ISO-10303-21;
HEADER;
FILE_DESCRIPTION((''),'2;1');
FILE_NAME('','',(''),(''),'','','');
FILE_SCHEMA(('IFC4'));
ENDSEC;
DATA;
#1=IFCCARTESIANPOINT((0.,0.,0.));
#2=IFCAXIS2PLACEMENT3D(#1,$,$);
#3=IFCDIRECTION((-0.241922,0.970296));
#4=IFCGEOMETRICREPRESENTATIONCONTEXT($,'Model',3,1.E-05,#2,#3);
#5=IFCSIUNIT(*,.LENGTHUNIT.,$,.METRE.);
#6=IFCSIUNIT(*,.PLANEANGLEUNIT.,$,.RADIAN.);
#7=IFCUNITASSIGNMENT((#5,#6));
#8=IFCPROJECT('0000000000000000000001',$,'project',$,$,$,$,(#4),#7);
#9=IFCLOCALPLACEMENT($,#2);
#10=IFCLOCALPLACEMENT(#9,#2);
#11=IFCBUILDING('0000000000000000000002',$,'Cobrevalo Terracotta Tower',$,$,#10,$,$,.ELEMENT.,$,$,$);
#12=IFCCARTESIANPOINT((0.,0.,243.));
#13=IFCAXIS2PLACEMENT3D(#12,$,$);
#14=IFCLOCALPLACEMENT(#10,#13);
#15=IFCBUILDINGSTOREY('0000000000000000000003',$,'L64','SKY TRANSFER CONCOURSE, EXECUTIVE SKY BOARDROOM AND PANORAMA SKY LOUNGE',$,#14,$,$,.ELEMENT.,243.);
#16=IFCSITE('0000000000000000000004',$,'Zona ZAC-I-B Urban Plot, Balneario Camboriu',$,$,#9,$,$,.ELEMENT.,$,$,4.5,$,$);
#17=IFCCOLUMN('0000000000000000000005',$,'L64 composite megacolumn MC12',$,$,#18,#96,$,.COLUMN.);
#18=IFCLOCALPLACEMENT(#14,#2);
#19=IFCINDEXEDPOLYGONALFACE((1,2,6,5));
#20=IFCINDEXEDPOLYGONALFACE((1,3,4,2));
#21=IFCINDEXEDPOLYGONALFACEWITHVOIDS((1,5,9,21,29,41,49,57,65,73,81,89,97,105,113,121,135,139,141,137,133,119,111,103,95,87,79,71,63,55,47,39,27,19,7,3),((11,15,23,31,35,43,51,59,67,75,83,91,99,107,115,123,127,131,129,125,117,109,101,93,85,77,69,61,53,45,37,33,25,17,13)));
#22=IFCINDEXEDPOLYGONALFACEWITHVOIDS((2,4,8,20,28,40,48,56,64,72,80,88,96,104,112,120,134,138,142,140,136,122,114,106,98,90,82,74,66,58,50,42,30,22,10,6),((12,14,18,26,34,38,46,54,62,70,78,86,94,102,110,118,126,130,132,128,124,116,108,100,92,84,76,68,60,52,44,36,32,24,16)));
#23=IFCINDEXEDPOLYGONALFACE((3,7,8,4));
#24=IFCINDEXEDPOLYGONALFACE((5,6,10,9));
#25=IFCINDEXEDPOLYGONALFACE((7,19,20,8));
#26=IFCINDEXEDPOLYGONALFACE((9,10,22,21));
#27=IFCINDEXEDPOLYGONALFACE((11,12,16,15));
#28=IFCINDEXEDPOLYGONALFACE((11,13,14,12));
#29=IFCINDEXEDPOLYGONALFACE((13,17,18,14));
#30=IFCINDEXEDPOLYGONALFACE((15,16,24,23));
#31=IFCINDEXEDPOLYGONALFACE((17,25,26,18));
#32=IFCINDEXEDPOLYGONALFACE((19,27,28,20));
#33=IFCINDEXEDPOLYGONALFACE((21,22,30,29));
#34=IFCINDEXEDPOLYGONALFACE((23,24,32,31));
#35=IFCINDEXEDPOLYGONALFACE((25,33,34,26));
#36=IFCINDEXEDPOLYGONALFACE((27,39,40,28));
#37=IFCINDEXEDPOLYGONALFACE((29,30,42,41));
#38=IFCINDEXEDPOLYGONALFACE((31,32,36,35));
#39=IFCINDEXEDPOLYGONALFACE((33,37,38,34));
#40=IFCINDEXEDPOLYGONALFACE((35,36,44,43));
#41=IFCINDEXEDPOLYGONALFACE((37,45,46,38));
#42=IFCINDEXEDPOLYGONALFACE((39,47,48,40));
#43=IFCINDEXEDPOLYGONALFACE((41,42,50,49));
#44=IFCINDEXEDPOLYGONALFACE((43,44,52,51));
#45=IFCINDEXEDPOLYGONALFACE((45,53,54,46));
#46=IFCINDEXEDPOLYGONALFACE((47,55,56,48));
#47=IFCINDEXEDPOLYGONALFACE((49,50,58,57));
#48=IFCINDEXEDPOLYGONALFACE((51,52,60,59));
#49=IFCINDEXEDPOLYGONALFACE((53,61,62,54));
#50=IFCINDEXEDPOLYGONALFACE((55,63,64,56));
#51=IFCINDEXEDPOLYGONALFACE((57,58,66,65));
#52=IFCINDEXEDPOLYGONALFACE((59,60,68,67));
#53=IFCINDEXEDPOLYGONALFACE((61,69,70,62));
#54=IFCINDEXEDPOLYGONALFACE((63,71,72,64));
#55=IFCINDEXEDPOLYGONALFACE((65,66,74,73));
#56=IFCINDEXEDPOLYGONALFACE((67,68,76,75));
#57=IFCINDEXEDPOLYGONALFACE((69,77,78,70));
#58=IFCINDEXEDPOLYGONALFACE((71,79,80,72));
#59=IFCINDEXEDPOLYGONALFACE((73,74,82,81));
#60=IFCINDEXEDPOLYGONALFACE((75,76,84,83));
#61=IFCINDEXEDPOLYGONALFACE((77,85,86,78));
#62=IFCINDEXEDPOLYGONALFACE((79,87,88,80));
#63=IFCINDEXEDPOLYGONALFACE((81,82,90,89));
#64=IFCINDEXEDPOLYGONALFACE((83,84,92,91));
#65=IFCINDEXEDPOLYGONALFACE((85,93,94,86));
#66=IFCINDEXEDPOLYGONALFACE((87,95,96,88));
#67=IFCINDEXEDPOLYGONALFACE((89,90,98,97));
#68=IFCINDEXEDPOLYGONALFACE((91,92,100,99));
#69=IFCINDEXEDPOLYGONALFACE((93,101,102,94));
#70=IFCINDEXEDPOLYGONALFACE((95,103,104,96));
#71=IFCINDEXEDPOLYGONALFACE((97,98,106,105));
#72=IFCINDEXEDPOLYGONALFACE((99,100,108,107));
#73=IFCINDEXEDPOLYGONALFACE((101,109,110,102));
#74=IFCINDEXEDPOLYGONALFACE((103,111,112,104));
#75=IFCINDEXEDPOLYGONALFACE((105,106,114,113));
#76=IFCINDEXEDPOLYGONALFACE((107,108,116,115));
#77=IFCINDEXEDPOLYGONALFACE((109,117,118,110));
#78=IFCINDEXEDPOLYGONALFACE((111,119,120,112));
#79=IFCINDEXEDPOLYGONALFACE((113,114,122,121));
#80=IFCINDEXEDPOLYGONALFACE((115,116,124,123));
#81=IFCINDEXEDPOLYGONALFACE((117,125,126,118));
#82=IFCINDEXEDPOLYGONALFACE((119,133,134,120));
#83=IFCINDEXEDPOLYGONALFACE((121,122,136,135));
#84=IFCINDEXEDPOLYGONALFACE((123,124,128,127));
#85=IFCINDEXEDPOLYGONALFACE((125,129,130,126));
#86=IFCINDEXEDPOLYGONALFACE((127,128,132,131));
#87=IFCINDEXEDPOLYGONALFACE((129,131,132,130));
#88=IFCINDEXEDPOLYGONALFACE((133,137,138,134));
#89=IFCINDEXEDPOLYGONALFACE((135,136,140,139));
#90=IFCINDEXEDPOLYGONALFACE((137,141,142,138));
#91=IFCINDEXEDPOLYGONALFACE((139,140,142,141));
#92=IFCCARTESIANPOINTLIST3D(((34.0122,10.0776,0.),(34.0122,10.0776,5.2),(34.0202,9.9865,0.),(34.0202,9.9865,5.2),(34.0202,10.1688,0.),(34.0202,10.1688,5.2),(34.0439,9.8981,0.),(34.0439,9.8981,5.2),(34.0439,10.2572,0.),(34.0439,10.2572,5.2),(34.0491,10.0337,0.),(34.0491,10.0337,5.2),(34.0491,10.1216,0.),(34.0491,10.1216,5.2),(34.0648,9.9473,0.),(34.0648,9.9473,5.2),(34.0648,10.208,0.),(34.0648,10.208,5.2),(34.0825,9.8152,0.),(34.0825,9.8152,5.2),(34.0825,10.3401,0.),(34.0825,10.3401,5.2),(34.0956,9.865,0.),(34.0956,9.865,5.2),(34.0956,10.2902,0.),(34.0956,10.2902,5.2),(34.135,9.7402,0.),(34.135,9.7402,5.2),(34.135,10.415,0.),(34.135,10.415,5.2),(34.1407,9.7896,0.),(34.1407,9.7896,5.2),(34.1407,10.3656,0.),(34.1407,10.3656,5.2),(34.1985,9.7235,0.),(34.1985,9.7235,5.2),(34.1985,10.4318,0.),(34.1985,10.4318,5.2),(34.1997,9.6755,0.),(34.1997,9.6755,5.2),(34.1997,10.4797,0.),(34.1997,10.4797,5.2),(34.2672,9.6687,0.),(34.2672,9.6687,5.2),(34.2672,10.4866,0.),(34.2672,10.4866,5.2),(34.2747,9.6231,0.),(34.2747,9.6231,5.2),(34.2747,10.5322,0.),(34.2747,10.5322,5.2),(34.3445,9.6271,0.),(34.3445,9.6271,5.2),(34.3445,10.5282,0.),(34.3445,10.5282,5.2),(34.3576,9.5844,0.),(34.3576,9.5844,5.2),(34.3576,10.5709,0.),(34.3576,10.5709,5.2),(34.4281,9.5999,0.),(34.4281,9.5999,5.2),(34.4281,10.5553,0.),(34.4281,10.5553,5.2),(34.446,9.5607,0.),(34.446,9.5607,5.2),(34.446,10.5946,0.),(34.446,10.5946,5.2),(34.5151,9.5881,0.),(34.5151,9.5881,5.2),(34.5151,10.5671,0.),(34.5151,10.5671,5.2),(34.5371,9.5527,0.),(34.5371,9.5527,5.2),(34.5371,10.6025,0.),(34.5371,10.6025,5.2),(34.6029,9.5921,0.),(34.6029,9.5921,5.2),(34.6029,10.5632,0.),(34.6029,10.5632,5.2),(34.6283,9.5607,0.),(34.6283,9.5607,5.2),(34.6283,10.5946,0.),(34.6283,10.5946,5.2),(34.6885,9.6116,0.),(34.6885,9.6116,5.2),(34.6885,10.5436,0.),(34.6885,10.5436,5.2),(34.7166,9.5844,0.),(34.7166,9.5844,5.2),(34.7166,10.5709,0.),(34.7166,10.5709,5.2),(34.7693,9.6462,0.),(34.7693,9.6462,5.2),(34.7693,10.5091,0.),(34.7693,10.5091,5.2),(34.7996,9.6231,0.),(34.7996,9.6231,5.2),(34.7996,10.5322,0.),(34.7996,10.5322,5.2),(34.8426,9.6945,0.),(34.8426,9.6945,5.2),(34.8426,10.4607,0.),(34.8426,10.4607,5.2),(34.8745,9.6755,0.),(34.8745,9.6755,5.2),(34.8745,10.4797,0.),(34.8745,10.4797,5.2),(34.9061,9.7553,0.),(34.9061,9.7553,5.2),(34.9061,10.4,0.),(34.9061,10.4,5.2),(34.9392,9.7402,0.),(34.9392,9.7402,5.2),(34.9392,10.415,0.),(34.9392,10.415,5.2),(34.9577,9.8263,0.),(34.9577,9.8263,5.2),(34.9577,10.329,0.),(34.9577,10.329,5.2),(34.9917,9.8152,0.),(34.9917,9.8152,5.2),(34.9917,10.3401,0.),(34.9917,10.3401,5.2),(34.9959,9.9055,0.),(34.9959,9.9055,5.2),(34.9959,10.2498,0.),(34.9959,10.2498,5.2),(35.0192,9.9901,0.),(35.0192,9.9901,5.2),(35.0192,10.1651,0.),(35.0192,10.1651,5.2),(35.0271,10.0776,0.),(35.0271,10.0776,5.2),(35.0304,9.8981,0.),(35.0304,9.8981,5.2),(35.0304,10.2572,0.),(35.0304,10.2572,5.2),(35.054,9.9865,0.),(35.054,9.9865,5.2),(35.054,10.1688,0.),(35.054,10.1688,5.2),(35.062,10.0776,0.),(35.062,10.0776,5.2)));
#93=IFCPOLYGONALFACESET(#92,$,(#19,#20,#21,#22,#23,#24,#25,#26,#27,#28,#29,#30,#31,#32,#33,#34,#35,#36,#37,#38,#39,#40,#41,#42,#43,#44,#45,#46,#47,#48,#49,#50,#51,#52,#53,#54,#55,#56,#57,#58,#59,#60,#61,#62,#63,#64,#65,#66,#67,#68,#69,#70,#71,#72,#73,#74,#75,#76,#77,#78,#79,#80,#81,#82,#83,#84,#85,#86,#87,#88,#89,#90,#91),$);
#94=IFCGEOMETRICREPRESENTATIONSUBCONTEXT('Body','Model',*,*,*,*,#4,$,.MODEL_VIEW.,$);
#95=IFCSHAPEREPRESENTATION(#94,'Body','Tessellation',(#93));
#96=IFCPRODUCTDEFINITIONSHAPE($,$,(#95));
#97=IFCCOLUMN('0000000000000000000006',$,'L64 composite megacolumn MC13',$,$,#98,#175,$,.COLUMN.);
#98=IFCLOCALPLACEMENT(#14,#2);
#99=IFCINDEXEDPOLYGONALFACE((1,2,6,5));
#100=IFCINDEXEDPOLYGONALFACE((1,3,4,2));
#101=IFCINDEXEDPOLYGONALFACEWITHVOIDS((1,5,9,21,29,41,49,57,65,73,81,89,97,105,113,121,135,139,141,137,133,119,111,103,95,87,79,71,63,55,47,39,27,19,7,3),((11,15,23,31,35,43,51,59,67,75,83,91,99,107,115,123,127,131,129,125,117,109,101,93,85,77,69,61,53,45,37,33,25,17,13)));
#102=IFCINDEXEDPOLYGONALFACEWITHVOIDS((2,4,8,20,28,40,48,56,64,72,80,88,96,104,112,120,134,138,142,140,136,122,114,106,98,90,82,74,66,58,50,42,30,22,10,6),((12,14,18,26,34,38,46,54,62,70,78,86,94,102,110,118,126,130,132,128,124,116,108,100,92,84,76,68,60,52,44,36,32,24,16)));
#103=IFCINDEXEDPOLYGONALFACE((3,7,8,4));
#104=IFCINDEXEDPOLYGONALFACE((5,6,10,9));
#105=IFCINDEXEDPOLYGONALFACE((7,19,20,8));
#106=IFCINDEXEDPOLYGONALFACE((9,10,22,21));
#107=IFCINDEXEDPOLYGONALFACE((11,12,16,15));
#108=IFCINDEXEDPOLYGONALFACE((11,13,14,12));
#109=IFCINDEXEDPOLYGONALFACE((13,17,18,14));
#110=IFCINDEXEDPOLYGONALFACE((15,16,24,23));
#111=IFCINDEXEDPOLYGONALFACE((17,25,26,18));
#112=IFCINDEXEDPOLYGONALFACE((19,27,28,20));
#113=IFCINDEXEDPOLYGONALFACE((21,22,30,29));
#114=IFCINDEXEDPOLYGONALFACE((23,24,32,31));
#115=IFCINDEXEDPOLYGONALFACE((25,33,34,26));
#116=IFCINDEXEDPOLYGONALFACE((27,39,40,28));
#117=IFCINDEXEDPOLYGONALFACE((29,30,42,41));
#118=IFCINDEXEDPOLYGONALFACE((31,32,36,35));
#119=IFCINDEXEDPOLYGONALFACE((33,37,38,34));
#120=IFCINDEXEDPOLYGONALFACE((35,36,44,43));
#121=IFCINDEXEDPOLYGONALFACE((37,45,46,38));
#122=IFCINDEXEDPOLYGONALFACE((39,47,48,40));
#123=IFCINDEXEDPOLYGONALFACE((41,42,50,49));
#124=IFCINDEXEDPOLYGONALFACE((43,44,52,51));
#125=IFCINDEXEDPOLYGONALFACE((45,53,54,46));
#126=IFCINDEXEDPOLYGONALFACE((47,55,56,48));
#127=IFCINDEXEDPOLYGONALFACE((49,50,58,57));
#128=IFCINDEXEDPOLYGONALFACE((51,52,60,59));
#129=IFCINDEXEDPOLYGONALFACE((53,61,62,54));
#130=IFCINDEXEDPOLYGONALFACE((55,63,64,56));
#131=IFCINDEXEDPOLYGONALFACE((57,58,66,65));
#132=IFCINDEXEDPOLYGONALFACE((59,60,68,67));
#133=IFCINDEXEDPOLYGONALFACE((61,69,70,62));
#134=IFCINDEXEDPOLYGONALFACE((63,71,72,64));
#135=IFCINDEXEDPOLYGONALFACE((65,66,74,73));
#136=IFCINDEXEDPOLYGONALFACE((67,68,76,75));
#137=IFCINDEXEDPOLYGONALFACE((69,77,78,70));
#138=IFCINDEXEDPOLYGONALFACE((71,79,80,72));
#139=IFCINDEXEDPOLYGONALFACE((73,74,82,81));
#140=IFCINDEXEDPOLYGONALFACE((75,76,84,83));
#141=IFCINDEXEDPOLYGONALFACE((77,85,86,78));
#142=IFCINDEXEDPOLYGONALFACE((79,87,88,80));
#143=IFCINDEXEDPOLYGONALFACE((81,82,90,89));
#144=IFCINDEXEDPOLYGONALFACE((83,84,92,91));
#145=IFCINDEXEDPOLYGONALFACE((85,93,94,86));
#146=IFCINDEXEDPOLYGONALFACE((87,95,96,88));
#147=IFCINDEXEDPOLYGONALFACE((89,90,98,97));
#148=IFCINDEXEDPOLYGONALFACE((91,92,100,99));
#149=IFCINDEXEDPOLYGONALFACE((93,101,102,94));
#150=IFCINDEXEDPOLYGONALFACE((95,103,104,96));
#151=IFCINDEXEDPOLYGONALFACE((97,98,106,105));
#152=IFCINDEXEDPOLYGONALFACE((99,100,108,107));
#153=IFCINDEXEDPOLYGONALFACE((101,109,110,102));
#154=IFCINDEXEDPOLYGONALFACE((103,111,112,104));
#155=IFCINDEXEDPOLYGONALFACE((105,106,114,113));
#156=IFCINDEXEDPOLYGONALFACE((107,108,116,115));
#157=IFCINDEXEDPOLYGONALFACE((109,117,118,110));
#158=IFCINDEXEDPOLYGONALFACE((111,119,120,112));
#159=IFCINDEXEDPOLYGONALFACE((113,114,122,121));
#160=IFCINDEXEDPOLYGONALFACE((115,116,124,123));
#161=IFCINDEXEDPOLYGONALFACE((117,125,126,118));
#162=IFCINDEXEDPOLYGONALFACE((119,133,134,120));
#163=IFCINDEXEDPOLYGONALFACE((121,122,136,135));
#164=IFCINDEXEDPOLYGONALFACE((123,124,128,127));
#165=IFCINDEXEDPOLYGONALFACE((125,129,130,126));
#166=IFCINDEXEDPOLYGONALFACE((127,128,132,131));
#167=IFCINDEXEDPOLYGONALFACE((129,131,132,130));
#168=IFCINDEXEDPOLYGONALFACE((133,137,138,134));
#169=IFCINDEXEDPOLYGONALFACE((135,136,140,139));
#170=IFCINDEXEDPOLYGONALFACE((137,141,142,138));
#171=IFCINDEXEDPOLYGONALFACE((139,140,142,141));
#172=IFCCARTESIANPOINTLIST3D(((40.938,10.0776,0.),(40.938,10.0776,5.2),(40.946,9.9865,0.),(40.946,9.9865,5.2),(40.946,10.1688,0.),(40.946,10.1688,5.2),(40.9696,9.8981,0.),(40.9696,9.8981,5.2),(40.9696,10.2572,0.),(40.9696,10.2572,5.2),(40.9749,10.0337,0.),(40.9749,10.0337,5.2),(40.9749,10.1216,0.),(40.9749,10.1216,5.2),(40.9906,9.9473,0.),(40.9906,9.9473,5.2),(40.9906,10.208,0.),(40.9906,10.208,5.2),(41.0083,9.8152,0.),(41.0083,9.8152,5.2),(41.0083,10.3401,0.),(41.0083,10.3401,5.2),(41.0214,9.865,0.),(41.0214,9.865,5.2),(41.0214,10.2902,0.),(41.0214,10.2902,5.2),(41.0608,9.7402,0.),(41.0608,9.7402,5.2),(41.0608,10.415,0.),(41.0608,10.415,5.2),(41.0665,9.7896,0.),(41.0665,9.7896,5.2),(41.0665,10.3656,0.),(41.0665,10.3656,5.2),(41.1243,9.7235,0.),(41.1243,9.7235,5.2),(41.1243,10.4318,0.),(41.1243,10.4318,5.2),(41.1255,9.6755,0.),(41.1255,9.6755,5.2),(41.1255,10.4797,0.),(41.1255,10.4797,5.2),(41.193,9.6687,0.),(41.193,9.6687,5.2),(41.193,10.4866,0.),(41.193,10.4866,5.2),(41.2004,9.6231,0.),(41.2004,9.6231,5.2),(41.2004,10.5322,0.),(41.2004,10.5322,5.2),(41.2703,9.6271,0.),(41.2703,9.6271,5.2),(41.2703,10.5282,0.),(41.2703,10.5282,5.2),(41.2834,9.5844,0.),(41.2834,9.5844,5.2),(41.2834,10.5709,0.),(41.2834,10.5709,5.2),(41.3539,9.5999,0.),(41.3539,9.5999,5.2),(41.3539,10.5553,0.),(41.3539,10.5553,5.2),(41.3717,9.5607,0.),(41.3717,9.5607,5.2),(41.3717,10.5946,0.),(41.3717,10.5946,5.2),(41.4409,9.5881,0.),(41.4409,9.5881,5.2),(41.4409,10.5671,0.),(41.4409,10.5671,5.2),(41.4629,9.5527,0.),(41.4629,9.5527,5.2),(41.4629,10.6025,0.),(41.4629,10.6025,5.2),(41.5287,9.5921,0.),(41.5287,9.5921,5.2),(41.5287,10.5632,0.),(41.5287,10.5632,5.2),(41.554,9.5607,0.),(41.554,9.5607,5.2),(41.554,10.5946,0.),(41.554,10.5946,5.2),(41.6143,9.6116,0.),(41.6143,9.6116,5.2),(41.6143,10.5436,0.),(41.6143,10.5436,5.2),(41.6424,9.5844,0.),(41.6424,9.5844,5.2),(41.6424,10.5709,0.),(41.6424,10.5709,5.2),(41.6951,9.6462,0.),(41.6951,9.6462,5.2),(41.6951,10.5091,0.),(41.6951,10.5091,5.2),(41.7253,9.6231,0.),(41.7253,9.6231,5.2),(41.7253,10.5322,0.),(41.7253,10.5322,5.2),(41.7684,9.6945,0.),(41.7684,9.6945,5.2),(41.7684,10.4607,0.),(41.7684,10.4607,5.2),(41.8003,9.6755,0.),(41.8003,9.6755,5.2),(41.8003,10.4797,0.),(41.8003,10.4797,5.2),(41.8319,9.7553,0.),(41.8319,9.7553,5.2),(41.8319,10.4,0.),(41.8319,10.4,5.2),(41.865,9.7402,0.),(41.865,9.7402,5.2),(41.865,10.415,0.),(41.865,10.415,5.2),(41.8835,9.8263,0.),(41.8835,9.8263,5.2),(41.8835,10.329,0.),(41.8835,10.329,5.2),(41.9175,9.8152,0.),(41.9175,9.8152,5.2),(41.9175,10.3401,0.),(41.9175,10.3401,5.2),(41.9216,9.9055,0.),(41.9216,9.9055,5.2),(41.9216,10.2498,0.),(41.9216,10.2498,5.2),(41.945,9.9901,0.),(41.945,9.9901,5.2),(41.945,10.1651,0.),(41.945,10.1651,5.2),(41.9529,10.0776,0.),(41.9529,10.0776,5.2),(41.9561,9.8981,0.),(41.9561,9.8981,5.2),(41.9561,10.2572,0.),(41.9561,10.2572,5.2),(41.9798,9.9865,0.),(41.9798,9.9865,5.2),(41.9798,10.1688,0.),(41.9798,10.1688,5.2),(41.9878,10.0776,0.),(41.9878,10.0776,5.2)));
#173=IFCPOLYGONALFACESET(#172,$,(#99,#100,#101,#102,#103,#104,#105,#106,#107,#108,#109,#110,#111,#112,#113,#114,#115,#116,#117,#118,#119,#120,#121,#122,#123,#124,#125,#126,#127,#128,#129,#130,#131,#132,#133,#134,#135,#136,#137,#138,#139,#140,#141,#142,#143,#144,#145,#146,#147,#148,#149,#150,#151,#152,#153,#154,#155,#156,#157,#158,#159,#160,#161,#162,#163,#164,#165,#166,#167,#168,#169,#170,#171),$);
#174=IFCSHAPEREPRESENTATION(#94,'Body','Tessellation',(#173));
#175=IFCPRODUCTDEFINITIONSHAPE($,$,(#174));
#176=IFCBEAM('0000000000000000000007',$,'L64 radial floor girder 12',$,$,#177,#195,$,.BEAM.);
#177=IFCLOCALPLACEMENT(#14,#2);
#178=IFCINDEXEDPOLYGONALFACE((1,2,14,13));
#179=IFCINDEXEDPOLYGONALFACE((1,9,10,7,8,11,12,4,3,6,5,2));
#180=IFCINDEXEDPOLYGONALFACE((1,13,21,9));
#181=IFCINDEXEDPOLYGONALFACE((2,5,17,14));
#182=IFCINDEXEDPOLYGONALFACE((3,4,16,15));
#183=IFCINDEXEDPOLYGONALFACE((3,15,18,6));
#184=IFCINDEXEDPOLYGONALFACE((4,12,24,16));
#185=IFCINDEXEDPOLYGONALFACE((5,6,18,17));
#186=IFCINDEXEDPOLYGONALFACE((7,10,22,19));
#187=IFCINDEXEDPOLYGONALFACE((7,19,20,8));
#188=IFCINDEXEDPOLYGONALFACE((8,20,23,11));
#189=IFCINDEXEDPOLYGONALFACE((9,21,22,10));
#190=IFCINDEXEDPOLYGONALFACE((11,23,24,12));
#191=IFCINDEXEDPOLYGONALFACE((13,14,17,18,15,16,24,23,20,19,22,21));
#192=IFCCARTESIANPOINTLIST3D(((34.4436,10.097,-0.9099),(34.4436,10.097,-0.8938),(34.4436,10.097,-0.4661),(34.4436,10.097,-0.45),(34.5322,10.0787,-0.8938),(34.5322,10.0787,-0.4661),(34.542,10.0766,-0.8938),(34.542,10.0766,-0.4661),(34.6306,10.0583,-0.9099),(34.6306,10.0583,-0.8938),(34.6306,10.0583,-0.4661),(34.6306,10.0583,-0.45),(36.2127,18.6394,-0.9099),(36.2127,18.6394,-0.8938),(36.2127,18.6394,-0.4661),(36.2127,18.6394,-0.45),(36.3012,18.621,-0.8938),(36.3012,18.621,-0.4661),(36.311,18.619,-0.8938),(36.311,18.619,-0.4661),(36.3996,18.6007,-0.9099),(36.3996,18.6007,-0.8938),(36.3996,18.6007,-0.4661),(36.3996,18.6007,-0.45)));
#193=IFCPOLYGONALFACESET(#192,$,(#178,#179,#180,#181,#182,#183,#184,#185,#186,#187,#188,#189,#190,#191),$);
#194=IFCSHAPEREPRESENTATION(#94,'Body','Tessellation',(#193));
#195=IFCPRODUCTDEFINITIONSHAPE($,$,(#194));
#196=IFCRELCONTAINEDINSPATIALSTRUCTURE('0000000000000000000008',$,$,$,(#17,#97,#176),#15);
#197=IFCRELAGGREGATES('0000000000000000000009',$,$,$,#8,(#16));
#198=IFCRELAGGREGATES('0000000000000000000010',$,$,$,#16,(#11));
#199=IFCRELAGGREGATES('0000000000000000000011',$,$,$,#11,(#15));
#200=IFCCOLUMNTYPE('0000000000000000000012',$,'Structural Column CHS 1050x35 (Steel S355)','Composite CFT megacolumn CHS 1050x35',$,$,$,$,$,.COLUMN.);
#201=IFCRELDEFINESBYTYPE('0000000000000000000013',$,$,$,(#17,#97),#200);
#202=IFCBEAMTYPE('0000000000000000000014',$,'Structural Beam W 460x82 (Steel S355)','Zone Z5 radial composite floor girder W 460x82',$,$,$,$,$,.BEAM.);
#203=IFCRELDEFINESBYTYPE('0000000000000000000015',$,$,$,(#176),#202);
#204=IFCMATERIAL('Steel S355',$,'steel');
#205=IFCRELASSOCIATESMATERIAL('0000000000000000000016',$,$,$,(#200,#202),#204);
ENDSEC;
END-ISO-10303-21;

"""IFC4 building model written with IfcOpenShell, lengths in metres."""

from ifc_helpers import new_model, si_unit, direction, frame, origin, origin_2d, place, context, subcontext, project, spatial, hollow_circle, i_section, extrude, material, material_profile, profile_set, type_object, element, save


model = new_model("IFC4")

# Units and contexts
model_context = context("Model", 3, precision=1e-05, world=origin(), true_north=direction((-0.241922, 0.970296)))
body_context = subcontext(model_context, "Body", "Model", "MODEL_VIEW")
ifc_project = project(units=[si_unit("LENGTHUNIT", "METRE"), si_unit("PLANEANGLEUNIT", "RADIAN")], contexts=[model_context])

# Site, building, storey
site_placement = place(None, origin())
site = spatial("IfcSite", under=ifc_project, at=site_placement, Name="Zona ZAC-I-B Urban Plot, Balneario Camboriu", CompositionType="ELEMENT", RefElevation=4.5)
building_placement = place(site_placement, origin())
building = spatial("IfcBuilding", under=site, at=building_placement, Name="Cobrevalo Terracotta Tower", CompositionType="ELEMENT")
storey_placement = place(building_placement, frame((0.0, 0.0, 243.0)))
storey = spatial("IfcBuildingStorey", under=building, at=storey_placement, Name="L64", Description="SKY TRANSFER CONCOURSE, EXECUTIVE SKY BOARDROOM AND PANORAMA SKY LOUNGE", CompositionType="ELEMENT", Elevation=243.0)

# Columns
ifc_material_1 = material(Name="Steel S355", Category="steel")
ifc_material_profile_1 = material_profile(ifc_material_1, hollow_circle(Radius=0.5249, WallThickness=0.0349, at=origin_2d()), Name="CHS 1050x35")
ifc_profile_set_1 = profile_set([ifc_material_profile_1], Name="Steel S355")
column_type = type_object("IfcColumnType", Name="Structural Column CHS 1050x35 (Steel S355)", Description="Composite CFT megacolumn CHS 1050x35", PredefinedType="COLUMN", material=ifc_profile_set_1)
for number, where, z_axis, x_axis, name in (
    (1, (34.5371, 10.0776, 0.0), (0.0, 0.0, 1.0), (1.0, 0.0, 0.0), "L64 composite megacolumn MC12"),
    (2, (41.4629, 10.0776, 0.0), (0.0, 0.0, 1.0), (1.0, 0.0, 0.0), "L64 composite megacolumn MC13"),
):
    element("IfcColumn", number, at=place(storey_placement, frame(where, z_axis=z_axis, x_axis=x_axis)), inside=storey, type_object=column_type, Name=name, PredefinedType="COLUMN", context=body_context, shape_type="SweptSolid", body=[
        extrude(hollow_circle(Radius=0.5249, WallThickness=0.0349, at=origin_2d()), origin(), (0.0, 0.0, 1.0), 5.2),
    ])

# Beam
ifc_material_profile_2 = material_profile(ifc_material_1, i_section(OverallWidth=0.1909, OverallDepth=0.46, WebThickness=0.01, FlangeThickness=0.0161, at=origin_2d()), Name="W 460x82")
ifc_profile_set_2 = profile_set([ifc_material_profile_2], Name="Steel S355")
beam_type_1 = type_object("IfcBeamType", Name="Structural Beam W 460x82 (Steel S355)", Description="Zone Z5 radial composite floor girder W 460x82", PredefinedType="BEAM", material=ifc_profile_set_2)
for number, where, z_axis, x_axis, name in (
    (3, (34.5371, 10.0776, -0.6799), (0.202785, 0.979223, 0.0), (-0.979223, 0.202785, 0.0), "L64 radial floor girder 12"),
):
    element("IfcBeam", number, at=place(storey_placement, frame(where, z_axis=z_axis, x_axis=x_axis)), inside=storey, type_object=beam_type_1, Name=name, PredefinedType="BEAM", context=body_context, shape_type="SweptSolid", body=[
        extrude(i_section(OverallWidth=0.1909, OverallDepth=0.46, WebThickness=0.01, FlangeThickness=0.0161, at=origin_2d()), origin(), (0.0, 0.0, 1.0), 8.7236),
    ])

save(model, "model.ifc")
